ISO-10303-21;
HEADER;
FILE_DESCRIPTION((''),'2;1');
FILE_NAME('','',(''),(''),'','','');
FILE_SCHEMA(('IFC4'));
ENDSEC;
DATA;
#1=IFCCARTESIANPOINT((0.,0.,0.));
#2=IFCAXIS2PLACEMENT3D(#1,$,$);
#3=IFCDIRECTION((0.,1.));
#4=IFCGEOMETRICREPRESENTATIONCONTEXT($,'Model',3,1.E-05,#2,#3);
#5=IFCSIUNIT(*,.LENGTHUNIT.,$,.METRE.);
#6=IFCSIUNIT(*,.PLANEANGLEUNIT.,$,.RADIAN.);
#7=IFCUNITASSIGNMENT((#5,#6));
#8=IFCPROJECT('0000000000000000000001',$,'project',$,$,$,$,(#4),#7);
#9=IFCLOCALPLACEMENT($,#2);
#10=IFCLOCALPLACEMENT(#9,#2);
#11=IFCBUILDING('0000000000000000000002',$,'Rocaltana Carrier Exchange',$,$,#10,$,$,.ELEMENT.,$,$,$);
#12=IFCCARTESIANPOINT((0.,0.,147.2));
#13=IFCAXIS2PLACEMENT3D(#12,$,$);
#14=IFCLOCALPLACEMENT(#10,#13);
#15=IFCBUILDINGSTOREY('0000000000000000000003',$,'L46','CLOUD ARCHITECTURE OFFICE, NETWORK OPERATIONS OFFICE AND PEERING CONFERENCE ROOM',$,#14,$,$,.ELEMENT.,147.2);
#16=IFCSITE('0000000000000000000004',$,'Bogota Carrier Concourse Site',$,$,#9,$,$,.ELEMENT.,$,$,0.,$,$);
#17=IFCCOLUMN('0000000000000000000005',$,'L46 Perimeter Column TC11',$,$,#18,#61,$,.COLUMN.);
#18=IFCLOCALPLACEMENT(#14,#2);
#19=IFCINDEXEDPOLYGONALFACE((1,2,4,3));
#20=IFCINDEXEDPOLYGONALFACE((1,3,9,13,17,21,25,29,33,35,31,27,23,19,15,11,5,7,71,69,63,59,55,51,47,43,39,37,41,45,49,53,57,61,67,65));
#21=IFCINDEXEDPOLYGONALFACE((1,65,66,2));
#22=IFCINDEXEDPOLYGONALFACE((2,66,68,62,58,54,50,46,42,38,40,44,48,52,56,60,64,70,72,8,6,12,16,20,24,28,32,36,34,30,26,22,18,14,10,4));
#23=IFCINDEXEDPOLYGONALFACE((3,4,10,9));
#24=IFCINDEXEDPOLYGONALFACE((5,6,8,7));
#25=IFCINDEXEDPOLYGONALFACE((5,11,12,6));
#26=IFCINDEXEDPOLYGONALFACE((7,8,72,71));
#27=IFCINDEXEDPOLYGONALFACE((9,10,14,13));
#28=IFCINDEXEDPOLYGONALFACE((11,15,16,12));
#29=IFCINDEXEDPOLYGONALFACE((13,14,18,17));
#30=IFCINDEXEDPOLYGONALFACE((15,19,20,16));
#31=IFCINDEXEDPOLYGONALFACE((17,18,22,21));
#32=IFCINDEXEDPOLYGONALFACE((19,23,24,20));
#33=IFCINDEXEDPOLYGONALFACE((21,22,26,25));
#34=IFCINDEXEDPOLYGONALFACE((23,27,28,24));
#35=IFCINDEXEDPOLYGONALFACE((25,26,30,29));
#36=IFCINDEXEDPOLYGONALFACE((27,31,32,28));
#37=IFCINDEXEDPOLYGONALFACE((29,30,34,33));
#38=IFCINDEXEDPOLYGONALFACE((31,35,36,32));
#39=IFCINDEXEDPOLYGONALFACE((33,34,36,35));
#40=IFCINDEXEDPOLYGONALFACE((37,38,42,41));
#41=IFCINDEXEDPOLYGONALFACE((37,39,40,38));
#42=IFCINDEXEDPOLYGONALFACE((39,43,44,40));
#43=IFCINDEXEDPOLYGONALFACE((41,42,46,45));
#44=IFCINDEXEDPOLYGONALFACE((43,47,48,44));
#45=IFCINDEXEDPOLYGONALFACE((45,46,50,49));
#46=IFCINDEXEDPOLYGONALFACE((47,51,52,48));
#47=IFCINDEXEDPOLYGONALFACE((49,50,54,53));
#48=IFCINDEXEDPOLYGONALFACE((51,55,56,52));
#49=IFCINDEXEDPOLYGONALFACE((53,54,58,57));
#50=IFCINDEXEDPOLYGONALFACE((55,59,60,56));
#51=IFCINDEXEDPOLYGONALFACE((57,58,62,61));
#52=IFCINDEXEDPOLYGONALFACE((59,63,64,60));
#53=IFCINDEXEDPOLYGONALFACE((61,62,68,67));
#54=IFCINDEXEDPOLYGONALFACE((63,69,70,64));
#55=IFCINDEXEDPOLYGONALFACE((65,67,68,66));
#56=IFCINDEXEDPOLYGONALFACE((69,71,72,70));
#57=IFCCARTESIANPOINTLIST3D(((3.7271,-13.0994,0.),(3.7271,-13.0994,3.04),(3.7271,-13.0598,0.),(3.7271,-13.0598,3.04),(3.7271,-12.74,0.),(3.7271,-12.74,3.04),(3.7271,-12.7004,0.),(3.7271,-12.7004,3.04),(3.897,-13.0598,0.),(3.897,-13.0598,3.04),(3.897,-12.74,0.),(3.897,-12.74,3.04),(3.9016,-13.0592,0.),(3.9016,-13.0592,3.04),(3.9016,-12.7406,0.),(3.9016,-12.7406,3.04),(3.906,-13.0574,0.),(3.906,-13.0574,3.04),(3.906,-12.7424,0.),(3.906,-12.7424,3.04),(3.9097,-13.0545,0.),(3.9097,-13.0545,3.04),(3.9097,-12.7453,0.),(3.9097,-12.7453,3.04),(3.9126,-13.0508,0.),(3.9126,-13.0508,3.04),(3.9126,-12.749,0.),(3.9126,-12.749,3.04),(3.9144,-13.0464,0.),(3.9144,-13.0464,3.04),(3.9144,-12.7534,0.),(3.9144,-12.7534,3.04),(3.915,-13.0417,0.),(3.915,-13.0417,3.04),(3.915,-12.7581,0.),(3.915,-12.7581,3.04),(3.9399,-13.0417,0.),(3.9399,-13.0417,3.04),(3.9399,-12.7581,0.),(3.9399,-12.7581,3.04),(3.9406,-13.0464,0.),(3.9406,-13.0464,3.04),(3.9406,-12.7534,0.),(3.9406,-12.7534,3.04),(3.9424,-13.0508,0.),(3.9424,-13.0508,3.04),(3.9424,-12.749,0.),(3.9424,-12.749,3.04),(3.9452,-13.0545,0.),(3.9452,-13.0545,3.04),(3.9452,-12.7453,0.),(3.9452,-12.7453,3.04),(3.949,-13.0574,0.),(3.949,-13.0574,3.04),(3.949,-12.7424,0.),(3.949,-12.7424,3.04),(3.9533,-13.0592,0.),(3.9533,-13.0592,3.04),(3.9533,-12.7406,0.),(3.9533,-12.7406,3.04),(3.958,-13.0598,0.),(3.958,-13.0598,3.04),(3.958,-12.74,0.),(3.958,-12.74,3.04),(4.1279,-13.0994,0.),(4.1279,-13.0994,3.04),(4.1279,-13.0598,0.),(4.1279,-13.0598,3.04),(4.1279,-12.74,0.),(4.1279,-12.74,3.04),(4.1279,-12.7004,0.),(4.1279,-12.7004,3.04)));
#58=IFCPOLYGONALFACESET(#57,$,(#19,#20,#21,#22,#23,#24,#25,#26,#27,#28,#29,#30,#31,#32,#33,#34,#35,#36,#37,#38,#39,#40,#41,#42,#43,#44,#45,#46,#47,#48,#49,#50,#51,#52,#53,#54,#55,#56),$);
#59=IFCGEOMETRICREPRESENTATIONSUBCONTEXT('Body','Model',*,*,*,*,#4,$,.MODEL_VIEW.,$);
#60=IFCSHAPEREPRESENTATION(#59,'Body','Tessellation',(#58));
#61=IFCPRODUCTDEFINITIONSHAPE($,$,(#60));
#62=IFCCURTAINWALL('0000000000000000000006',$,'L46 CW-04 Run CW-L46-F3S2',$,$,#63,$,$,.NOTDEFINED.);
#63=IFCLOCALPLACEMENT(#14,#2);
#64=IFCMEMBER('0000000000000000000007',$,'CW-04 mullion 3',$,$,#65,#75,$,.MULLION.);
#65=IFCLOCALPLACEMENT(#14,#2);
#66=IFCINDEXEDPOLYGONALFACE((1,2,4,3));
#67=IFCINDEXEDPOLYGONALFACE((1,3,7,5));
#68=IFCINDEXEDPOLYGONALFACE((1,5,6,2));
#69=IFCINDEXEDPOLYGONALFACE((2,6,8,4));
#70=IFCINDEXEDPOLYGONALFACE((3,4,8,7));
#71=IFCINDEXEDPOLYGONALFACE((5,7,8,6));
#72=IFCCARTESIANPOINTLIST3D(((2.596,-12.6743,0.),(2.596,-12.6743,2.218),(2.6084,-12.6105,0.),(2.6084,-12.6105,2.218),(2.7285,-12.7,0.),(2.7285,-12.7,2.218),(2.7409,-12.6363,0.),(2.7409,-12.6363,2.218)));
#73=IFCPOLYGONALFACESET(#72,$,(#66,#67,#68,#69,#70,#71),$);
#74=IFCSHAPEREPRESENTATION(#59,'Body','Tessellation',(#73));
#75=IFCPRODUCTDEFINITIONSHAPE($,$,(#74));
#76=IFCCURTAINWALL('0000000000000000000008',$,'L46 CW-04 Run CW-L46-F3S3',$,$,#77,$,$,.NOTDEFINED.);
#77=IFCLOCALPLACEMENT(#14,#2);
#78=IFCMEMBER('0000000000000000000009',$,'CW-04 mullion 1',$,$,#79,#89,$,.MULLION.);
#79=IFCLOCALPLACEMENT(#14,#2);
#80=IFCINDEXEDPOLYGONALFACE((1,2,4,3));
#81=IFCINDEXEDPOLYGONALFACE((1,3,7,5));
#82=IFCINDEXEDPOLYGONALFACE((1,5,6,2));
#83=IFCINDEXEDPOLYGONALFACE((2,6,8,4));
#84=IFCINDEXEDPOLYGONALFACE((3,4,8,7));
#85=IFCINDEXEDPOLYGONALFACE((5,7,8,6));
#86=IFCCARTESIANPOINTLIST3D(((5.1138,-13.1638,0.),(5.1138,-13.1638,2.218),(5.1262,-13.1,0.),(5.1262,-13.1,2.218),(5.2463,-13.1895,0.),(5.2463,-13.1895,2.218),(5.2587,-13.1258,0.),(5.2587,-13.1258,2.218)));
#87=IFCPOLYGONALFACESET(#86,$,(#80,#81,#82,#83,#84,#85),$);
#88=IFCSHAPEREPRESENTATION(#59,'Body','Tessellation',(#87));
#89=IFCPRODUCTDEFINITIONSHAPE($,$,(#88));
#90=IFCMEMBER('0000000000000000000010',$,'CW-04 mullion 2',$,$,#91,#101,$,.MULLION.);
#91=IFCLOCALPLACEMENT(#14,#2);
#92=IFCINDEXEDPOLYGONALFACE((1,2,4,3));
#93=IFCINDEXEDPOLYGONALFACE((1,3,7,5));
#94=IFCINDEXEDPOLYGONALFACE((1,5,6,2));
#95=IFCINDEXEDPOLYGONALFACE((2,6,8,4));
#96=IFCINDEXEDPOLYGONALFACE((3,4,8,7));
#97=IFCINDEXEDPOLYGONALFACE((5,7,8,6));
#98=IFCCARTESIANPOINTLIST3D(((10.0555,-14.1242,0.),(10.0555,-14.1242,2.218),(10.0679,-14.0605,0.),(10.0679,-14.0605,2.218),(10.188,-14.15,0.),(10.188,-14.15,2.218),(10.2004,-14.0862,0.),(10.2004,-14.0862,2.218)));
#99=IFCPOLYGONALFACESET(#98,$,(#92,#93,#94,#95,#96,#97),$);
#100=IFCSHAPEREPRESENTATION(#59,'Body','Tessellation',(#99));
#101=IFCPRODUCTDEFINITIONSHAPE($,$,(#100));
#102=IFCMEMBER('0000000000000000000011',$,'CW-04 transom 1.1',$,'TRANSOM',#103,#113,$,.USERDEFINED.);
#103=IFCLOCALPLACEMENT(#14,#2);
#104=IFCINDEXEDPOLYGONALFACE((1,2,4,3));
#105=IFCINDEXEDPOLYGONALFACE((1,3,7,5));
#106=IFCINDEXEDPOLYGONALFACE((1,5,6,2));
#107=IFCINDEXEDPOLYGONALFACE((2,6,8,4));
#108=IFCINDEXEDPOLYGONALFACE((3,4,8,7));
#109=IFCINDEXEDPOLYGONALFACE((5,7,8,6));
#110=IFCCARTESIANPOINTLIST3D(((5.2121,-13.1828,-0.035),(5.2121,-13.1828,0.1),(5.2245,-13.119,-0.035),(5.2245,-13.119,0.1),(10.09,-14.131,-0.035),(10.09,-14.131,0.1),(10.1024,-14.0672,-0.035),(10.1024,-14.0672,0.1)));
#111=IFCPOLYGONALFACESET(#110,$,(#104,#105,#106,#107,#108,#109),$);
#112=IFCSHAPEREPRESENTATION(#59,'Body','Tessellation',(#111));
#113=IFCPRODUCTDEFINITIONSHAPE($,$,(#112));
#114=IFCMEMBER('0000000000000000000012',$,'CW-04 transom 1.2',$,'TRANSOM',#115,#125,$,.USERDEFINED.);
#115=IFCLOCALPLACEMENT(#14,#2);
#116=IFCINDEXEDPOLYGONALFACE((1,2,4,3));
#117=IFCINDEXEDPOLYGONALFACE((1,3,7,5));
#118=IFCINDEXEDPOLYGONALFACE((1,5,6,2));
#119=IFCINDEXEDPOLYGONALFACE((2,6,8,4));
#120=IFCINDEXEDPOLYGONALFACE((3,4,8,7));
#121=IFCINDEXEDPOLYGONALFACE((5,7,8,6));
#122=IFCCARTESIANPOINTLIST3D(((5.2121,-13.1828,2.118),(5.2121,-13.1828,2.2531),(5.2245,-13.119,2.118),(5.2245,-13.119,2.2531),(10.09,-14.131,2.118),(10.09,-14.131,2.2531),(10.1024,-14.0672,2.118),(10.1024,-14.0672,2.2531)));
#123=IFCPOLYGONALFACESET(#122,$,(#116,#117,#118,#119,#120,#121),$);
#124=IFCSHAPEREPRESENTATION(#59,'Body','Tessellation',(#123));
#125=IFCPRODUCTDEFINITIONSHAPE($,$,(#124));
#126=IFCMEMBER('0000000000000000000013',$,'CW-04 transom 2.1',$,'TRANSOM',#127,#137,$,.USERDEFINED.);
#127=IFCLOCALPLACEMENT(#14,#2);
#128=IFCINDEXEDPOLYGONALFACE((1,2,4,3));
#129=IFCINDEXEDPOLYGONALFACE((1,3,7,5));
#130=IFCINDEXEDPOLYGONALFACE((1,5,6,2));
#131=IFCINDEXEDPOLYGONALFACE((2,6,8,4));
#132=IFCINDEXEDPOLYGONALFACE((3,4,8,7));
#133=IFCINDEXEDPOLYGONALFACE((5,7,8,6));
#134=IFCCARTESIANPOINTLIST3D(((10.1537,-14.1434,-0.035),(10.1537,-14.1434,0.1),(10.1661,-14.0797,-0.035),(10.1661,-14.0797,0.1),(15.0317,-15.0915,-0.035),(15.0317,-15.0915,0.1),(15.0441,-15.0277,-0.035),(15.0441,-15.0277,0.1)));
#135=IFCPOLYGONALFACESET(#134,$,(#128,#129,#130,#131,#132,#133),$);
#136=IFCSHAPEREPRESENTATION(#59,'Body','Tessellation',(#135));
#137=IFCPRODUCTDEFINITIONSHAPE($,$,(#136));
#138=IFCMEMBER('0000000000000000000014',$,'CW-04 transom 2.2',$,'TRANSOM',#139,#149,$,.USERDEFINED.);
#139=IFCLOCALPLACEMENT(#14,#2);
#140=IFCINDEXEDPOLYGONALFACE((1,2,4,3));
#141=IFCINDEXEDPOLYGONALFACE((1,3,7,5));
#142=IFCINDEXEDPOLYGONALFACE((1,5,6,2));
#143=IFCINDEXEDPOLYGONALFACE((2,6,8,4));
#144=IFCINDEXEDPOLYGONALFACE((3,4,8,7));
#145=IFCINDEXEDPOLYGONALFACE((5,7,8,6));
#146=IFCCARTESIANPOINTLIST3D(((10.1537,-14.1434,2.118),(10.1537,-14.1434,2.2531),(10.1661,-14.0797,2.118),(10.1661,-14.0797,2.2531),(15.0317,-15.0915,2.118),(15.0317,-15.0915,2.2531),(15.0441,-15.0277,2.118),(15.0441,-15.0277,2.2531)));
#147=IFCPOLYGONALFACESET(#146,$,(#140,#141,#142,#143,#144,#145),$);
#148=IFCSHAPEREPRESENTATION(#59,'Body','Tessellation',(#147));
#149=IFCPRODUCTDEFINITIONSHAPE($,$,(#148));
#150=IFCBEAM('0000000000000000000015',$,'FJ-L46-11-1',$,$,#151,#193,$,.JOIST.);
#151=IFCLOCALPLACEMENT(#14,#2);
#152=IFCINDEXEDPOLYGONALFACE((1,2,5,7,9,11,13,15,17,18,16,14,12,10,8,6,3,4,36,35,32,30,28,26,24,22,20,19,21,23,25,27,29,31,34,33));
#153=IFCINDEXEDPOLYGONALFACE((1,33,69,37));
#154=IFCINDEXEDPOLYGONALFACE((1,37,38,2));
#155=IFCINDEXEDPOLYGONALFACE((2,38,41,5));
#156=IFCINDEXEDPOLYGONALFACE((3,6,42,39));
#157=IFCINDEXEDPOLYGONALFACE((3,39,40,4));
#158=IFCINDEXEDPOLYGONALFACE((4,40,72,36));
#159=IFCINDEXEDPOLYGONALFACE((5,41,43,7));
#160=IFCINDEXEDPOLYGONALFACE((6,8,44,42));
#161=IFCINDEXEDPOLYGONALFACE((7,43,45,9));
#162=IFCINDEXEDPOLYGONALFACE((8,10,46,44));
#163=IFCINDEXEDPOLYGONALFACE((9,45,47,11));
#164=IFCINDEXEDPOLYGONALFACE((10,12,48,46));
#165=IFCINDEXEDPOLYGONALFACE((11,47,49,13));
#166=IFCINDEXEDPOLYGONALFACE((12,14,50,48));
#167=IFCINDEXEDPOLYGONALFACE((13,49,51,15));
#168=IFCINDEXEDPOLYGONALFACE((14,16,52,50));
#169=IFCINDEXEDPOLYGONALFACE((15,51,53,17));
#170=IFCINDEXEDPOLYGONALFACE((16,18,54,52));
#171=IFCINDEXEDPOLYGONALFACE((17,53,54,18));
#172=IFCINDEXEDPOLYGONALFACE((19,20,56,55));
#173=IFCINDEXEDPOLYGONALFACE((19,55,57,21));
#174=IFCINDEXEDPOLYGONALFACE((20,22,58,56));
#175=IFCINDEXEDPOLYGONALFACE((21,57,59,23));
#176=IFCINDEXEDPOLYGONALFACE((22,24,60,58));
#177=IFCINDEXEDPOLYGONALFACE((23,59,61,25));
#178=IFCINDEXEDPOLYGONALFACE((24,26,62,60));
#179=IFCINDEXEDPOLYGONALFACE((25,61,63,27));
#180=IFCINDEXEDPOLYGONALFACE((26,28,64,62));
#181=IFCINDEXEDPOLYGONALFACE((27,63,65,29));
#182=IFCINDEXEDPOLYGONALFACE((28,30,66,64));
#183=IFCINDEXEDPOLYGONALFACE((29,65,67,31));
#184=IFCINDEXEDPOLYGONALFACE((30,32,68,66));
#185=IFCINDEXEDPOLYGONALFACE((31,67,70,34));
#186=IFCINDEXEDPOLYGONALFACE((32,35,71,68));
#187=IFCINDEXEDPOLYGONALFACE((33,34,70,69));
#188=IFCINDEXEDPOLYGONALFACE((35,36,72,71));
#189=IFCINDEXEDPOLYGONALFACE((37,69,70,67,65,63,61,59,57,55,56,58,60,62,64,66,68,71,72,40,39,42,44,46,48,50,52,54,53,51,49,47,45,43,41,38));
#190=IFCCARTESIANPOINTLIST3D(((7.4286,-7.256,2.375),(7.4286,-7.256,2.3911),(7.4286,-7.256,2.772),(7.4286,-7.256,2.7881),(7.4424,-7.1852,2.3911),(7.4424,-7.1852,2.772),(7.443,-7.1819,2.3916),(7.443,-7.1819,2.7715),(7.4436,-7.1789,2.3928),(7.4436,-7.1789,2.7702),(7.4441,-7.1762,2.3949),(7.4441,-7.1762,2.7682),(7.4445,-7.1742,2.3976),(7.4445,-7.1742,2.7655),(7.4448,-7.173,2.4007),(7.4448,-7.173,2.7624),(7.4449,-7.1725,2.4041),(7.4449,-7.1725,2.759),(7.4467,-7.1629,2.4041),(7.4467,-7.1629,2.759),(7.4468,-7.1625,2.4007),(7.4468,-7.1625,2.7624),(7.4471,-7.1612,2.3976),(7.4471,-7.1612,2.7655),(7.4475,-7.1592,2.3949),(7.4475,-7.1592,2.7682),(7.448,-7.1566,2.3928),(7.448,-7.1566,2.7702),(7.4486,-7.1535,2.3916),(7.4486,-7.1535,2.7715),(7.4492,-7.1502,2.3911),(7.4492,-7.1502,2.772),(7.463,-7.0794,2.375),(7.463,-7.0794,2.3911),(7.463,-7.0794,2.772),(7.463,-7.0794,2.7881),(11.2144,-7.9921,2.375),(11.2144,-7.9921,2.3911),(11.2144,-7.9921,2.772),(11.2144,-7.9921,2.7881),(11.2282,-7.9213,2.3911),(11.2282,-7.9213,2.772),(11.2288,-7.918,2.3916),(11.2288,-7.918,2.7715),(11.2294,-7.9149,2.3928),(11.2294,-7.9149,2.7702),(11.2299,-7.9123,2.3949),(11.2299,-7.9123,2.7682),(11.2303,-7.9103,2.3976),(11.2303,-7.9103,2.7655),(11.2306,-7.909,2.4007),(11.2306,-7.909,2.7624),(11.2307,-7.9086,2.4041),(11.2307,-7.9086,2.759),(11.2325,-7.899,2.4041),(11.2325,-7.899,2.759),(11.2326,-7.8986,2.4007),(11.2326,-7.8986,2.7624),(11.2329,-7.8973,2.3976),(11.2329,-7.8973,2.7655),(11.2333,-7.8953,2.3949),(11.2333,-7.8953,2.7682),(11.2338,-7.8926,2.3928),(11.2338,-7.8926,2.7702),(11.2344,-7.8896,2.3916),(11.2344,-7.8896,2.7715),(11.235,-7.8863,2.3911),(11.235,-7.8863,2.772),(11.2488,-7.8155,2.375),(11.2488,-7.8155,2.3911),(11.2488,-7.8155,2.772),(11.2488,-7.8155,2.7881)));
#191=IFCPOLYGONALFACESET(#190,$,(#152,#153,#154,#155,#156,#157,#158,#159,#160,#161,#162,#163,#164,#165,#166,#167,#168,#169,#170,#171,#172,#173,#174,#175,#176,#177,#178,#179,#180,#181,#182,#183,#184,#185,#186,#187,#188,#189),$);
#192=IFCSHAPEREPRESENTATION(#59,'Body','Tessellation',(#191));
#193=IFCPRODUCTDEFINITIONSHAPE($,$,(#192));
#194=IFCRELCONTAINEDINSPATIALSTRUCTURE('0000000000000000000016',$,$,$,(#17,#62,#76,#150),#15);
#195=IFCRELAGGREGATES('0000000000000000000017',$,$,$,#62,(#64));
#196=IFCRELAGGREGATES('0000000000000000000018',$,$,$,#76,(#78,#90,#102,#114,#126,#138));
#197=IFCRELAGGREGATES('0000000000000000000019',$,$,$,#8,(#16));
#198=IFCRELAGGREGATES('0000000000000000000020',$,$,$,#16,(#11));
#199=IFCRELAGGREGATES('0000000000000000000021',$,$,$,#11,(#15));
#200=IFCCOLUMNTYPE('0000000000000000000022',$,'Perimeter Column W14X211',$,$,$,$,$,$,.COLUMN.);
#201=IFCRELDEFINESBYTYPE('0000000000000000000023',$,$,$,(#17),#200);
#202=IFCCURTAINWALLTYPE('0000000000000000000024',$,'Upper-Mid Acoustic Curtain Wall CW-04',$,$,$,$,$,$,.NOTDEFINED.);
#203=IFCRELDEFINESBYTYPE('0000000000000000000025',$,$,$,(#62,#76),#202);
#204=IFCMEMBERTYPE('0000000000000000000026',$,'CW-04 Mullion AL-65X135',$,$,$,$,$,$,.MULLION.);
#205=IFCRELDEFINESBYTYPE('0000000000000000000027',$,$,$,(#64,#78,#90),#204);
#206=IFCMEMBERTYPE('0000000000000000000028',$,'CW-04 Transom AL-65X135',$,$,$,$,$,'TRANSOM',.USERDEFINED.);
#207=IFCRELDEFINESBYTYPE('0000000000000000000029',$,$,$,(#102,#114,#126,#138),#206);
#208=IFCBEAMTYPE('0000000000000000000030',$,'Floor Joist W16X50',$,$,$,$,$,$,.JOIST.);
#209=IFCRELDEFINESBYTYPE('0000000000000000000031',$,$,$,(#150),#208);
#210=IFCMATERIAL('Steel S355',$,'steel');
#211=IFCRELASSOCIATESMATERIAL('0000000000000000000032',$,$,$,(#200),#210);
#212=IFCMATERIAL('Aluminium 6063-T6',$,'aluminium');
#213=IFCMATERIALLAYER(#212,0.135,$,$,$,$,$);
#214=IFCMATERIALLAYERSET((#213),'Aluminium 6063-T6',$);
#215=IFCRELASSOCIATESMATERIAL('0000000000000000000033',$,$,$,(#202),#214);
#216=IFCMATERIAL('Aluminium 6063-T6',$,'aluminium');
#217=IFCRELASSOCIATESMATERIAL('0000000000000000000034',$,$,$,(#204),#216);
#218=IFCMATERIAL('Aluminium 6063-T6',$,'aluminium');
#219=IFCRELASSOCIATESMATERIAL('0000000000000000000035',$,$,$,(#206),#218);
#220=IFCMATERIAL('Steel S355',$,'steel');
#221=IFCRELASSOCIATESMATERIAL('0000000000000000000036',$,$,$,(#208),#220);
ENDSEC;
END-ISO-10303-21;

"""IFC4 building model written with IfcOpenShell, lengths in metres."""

from ifc_helpers import new_model, si_unit, direction, frame, origin, origin_2d, place, context, subcontext, project, spatial, rectangle, i_section, extrude, material, layer, layer_set, material_profile, profile_set, type_object, element, aggregate, save


model = new_model("IFC4")

# Units and contexts
model_context = context("Model", 3, precision=1e-05, world=origin(), true_north=direction((0.0, 1.0)))
body_context = subcontext(model_context, "Body", "Model", "MODEL_VIEW")
ifc_project = project(units=[si_unit("LENGTHUNIT", "METRE"), si_unit("PLANEANGLEUNIT", "RADIAN")], contexts=[model_context])

# Site, building, storey
site_placement = place(None, origin())
site = spatial("IfcSite", under=ifc_project, at=site_placement, Name="Bogota Carrier Concourse Site", CompositionType="ELEMENT", RefElevation=0.0)
building_placement = place(site_placement, origin())
building = spatial("IfcBuilding", under=site, at=building_placement, Name="Rocaltana Carrier Exchange", CompositionType="ELEMENT")
storey_placement = place(building_placement, frame((0.0, 0.0, 147.2)))
storey = spatial("IfcBuildingStorey", under=building, at=storey_placement, Name="L46", Description="CLOUD ARCHITECTURE OFFICE, NETWORK OPERATIONS OFFICE AND PEERING CONFERENCE ROOM", CompositionType="ELEMENT", Elevation=147.2)

# Column
ifc_material_1 = material(Name="Steel S355", Category="steel")
ifc_material_profile_1 = material_profile(ifc_material_1, i_section(OverallWidth=0.4009, OverallDepth=0.3989, WebThickness=0.0249, FlangeThickness=0.0396, FilletRadius=0.0181, at=origin_2d()), Name="W14X211")
ifc_profile_set_1 = profile_set([ifc_material_profile_1], Name="Steel S355")
column_type = type_object("IfcColumnType", Name="Perimeter Column W14X211", PredefinedType="COLUMN", material=ifc_profile_set_1)
column_placement = place(storey_placement, frame((3.9275, -12.8999, 0.0), z_axis=(0.0, 0.0, 1.0), x_axis=(1.0, 0.0, 0.0)))
element("IfcColumn", 1, at=column_placement, inside=storey, type_object=column_type, Name="L46 Perimeter Column TC11", PredefinedType="COLUMN", context=body_context, shape_type="SweptSolid", body=[
    extrude(i_section(OverallWidth=0.4009, OverallDepth=0.3989, WebThickness=0.0249, FlangeThickness=0.0396, FilletRadius=0.0181, at=origin_2d()), origin(), (0.0, 0.0, 1.0), 3.04),
])

# Curtain wall, member
ifc_material_2 = material(Name="Aluminium 6063-T6", Category="aluminium")
ifc_layer_1 = layer(ifc_material_2, 0.135)
ifc_layer_set_1 = layer_set([ifc_layer_1], Name="Aluminium 6063-T6")
curtain_wall_type = type_object("IfcCurtainWallType", Name="Upper-Mid Acoustic Curtain Wall CW-04", PredefinedType="NOTDEFINED", material=ifc_layer_set_1)
curtain_wall_1_placement = place(storey_placement, origin())
curtain_wall_1 = element("IfcCurtainWall", 2, at=curtain_wall_1_placement, inside=storey, type_object=curtain_wall_type, Name="L46 CW-04 Run CW-L46-F3S2", PredefinedType="NOTDEFINED")
ifc_material_3 = material(Name="Aluminium 6063-T6", Category="aluminium")
ifc_material_profile_2 = material_profile(ifc_material_3, rectangle(XDim=0.0649, YDim=0.135, at=origin_2d()), Name="AL-65X135")
ifc_profile_set_2 = profile_set([ifc_material_profile_2], Name="Aluminium 6063-T6")
member_type_1 = type_object("IfcMemberType", Name="CW-04 Mullion AL-65X135", PredefinedType="MULLION", material=ifc_profile_set_2)
member_1_placement = place(storey_placement, frame((2.6685, -12.6553, 0.0), z_axis=(0.0, 0.0, 1.0), x_axis=(0.190815, 0.981626, 0.0)))
member_1 = element("IfcMember", 3, at=member_1_placement, type_object=member_type_1, Name="CW-04 mullion 3", PredefinedType="MULLION", context=body_context, shape_type="SweptSolid", body=[
    extrude(rectangle(XDim=0.0649, YDim=0.135, at=origin_2d()), origin(), (0.0, 0.0, 1.0), 2.218),
])
aggregate(curtain_wall_1, [member_1])

# Curtain wall, members
curtain_wall_2_placement = place(storey_placement, origin())
curtain_wall_2 = element("IfcCurtainWall", 4, at=curtain_wall_2_placement, inside=storey, type_object=curtain_wall_type, Name="L46 CW-04 Run CW-L46-F3S3", PredefinedType="NOTDEFINED")
member_2_placement = place(storey_placement, frame((5.1863, -13.1448, 0.0), z_axis=(0.0, 0.0, 1.0), x_axis=(0.190805, 0.981628, 0.0)))
member_2 = element("IfcMember", 5, at=member_2_placement, type_object=member_type_1, Name="CW-04 mullion 1", PredefinedType="MULLION", context=body_context, shape_type="SweptSolid", body=[
    extrude(rectangle(XDim=0.0649, YDim=0.135, at=origin_2d()), origin(), (0.0, 0.0, 1.0), 2.218),
])
member_3_placement = place(storey_placement, frame((10.1279, -14.1052, 0.0), z_axis=(0.0, 0.0, 1.0), x_axis=(0.190805, 0.981628, 0.0)))
member_3 = element("IfcMember", 6, at=member_3_placement, type_object=member_type_1, Name="CW-04 mullion 2", PredefinedType="MULLION", context=body_context, shape_type="SweptSolid", body=[
    extrude(rectangle(XDim=0.0649, YDim=0.135, at=origin_2d()), origin(), (0.0, 0.0, 1.0), 2.218),
])
ifc_material_4 = material(Name="Aluminium 6063-T6", Category="aluminium")
ifc_material_profile_3 = material_profile(ifc_material_4, rectangle(XDim=0.0649, YDim=0.135, at=origin_2d()), Name="AL-65X135")
ifc_profile_set_3 = profile_set([ifc_material_profile_3], Name="Aluminium 6063-T6")
member_type_2 = type_object("IfcMemberType", Name="CW-04 Transom AL-65X135", ElementType="TRANSOM", PredefinedType="USERDEFINED", material=ifc_profile_set_3)
member_4_placement = place(storey_placement, frame((5.2183, -13.1509, 0.0325), z_axis=(0.981625, -0.190822, 0.0), x_axis=(0.190822, 0.981625, 0.0)))
member_4 = element("IfcMember", 7, at=member_4_placement, type_object=member_type_2, Name="CW-04 transom 1.1", ObjectType="TRANSOM", PredefinedType="USERDEFINED", context=body_context, shape_type="SweptSolid", body=[
    extrude(rectangle(XDim=0.0649, YDim=0.135, at=origin_2d()), origin(), (0.0, 0.0, 1.0), 4.9692),
])
member_5_placement = place(storey_placement, frame((5.2183, -13.1509, 2.1855), z_axis=(0.981625, -0.190822, 0.0), x_axis=(0.190822, 0.981625, 0.0)))
member_5 = element("IfcMember", 8, at=member_5_placement, type_object=member_type_2, Name="CW-04 transom 1.2", ObjectType="TRANSOM", PredefinedType="USERDEFINED", context=body_context, shape_type="SweptSolid", body=[
    extrude(rectangle(XDim=0.0649, YDim=0.135, at=origin_2d()), origin(), (0.0, 0.0, 1.0), 4.9692),
])
member_6_placement = place(storey_placement, frame((10.1599, -14.1116, 0.0325), z_axis=(0.981634, -0.190775, 0.0), x_axis=(0.190775, 0.981634, 0.0)))
member_6 = element("IfcMember", 9, at=member_6_placement, type_object=member_type_2, Name="CW-04 transom 2.1", ObjectType="TRANSOM", PredefinedType="USERDEFINED", context=body_context, shape_type="SweptSolid", body=[
    extrude(rectangle(XDim=0.0649, YDim=0.135, at=origin_2d()), origin(), (0.0, 0.0, 1.0), 4.9692),
])
member_7_placement = place(storey_placement, frame((10.1599, -14.1116, 2.1855), z_axis=(0.981634, -0.190775, 0.0), x_axis=(0.190775, 0.981634, 0.0)))
member_7 = element("IfcMember", 10, at=member_7_placement, type_object=member_type_2, Name="CW-04 transom 2.2", ObjectType="TRANSOM", PredefinedType="USERDEFINED", context=body_context, shape_type="SweptSolid", body=[
    extrude(rectangle(XDim=0.0649, YDim=0.135, at=origin_2d()), origin(), (0.0, 0.0, 1.0), 4.9692),
])

# Beam
ifc_material_5 = material(Name="Steel S355", Category="steel")
ifc_material_profile_4 = material_profile(ifc_material_5, i_section(OverallWidth=0.1799, OverallDepth=0.4131, WebThickness=0.0098, FlangeThickness=0.0161, FilletRadius=0.0129, at=origin_2d()), Name="W16X50")
ifc_profile_set_4 = profile_set([ifc_material_profile_4], Name="Steel S355")
beam_type_1 = type_object("IfcBeamType", Name="Floor Joist W16X50", PredefinedType="JOIST", material=ifc_profile_set_4)
beam_1_placement = place(storey_placement, frame((7.4458, -7.1677, 2.5815), z_axis=(0.981618, -0.190854, 0.0), x_axis=(0.190854, 0.981618, 0.0)))
element("IfcBeam", 11, at=beam_1_placement, inside=storey, type_object=beam_type_1, Name="FJ-L46-11-1", PredefinedType="JOIST", context=body_context, shape_type="SweptSolid", body=[
    extrude(i_section(OverallWidth=0.1799, OverallDepth=0.4131, WebThickness=0.0098, FlangeThickness=0.0161, FilletRadius=0.0129, at=origin_2d()), origin(), (0.0, 0.0, 1.0), 3.8567),
])

aggregate(curtain_wall_2, [member_2, member_3, member_4, member_5, member_6, member_7])

save(model, "model.ifc")
